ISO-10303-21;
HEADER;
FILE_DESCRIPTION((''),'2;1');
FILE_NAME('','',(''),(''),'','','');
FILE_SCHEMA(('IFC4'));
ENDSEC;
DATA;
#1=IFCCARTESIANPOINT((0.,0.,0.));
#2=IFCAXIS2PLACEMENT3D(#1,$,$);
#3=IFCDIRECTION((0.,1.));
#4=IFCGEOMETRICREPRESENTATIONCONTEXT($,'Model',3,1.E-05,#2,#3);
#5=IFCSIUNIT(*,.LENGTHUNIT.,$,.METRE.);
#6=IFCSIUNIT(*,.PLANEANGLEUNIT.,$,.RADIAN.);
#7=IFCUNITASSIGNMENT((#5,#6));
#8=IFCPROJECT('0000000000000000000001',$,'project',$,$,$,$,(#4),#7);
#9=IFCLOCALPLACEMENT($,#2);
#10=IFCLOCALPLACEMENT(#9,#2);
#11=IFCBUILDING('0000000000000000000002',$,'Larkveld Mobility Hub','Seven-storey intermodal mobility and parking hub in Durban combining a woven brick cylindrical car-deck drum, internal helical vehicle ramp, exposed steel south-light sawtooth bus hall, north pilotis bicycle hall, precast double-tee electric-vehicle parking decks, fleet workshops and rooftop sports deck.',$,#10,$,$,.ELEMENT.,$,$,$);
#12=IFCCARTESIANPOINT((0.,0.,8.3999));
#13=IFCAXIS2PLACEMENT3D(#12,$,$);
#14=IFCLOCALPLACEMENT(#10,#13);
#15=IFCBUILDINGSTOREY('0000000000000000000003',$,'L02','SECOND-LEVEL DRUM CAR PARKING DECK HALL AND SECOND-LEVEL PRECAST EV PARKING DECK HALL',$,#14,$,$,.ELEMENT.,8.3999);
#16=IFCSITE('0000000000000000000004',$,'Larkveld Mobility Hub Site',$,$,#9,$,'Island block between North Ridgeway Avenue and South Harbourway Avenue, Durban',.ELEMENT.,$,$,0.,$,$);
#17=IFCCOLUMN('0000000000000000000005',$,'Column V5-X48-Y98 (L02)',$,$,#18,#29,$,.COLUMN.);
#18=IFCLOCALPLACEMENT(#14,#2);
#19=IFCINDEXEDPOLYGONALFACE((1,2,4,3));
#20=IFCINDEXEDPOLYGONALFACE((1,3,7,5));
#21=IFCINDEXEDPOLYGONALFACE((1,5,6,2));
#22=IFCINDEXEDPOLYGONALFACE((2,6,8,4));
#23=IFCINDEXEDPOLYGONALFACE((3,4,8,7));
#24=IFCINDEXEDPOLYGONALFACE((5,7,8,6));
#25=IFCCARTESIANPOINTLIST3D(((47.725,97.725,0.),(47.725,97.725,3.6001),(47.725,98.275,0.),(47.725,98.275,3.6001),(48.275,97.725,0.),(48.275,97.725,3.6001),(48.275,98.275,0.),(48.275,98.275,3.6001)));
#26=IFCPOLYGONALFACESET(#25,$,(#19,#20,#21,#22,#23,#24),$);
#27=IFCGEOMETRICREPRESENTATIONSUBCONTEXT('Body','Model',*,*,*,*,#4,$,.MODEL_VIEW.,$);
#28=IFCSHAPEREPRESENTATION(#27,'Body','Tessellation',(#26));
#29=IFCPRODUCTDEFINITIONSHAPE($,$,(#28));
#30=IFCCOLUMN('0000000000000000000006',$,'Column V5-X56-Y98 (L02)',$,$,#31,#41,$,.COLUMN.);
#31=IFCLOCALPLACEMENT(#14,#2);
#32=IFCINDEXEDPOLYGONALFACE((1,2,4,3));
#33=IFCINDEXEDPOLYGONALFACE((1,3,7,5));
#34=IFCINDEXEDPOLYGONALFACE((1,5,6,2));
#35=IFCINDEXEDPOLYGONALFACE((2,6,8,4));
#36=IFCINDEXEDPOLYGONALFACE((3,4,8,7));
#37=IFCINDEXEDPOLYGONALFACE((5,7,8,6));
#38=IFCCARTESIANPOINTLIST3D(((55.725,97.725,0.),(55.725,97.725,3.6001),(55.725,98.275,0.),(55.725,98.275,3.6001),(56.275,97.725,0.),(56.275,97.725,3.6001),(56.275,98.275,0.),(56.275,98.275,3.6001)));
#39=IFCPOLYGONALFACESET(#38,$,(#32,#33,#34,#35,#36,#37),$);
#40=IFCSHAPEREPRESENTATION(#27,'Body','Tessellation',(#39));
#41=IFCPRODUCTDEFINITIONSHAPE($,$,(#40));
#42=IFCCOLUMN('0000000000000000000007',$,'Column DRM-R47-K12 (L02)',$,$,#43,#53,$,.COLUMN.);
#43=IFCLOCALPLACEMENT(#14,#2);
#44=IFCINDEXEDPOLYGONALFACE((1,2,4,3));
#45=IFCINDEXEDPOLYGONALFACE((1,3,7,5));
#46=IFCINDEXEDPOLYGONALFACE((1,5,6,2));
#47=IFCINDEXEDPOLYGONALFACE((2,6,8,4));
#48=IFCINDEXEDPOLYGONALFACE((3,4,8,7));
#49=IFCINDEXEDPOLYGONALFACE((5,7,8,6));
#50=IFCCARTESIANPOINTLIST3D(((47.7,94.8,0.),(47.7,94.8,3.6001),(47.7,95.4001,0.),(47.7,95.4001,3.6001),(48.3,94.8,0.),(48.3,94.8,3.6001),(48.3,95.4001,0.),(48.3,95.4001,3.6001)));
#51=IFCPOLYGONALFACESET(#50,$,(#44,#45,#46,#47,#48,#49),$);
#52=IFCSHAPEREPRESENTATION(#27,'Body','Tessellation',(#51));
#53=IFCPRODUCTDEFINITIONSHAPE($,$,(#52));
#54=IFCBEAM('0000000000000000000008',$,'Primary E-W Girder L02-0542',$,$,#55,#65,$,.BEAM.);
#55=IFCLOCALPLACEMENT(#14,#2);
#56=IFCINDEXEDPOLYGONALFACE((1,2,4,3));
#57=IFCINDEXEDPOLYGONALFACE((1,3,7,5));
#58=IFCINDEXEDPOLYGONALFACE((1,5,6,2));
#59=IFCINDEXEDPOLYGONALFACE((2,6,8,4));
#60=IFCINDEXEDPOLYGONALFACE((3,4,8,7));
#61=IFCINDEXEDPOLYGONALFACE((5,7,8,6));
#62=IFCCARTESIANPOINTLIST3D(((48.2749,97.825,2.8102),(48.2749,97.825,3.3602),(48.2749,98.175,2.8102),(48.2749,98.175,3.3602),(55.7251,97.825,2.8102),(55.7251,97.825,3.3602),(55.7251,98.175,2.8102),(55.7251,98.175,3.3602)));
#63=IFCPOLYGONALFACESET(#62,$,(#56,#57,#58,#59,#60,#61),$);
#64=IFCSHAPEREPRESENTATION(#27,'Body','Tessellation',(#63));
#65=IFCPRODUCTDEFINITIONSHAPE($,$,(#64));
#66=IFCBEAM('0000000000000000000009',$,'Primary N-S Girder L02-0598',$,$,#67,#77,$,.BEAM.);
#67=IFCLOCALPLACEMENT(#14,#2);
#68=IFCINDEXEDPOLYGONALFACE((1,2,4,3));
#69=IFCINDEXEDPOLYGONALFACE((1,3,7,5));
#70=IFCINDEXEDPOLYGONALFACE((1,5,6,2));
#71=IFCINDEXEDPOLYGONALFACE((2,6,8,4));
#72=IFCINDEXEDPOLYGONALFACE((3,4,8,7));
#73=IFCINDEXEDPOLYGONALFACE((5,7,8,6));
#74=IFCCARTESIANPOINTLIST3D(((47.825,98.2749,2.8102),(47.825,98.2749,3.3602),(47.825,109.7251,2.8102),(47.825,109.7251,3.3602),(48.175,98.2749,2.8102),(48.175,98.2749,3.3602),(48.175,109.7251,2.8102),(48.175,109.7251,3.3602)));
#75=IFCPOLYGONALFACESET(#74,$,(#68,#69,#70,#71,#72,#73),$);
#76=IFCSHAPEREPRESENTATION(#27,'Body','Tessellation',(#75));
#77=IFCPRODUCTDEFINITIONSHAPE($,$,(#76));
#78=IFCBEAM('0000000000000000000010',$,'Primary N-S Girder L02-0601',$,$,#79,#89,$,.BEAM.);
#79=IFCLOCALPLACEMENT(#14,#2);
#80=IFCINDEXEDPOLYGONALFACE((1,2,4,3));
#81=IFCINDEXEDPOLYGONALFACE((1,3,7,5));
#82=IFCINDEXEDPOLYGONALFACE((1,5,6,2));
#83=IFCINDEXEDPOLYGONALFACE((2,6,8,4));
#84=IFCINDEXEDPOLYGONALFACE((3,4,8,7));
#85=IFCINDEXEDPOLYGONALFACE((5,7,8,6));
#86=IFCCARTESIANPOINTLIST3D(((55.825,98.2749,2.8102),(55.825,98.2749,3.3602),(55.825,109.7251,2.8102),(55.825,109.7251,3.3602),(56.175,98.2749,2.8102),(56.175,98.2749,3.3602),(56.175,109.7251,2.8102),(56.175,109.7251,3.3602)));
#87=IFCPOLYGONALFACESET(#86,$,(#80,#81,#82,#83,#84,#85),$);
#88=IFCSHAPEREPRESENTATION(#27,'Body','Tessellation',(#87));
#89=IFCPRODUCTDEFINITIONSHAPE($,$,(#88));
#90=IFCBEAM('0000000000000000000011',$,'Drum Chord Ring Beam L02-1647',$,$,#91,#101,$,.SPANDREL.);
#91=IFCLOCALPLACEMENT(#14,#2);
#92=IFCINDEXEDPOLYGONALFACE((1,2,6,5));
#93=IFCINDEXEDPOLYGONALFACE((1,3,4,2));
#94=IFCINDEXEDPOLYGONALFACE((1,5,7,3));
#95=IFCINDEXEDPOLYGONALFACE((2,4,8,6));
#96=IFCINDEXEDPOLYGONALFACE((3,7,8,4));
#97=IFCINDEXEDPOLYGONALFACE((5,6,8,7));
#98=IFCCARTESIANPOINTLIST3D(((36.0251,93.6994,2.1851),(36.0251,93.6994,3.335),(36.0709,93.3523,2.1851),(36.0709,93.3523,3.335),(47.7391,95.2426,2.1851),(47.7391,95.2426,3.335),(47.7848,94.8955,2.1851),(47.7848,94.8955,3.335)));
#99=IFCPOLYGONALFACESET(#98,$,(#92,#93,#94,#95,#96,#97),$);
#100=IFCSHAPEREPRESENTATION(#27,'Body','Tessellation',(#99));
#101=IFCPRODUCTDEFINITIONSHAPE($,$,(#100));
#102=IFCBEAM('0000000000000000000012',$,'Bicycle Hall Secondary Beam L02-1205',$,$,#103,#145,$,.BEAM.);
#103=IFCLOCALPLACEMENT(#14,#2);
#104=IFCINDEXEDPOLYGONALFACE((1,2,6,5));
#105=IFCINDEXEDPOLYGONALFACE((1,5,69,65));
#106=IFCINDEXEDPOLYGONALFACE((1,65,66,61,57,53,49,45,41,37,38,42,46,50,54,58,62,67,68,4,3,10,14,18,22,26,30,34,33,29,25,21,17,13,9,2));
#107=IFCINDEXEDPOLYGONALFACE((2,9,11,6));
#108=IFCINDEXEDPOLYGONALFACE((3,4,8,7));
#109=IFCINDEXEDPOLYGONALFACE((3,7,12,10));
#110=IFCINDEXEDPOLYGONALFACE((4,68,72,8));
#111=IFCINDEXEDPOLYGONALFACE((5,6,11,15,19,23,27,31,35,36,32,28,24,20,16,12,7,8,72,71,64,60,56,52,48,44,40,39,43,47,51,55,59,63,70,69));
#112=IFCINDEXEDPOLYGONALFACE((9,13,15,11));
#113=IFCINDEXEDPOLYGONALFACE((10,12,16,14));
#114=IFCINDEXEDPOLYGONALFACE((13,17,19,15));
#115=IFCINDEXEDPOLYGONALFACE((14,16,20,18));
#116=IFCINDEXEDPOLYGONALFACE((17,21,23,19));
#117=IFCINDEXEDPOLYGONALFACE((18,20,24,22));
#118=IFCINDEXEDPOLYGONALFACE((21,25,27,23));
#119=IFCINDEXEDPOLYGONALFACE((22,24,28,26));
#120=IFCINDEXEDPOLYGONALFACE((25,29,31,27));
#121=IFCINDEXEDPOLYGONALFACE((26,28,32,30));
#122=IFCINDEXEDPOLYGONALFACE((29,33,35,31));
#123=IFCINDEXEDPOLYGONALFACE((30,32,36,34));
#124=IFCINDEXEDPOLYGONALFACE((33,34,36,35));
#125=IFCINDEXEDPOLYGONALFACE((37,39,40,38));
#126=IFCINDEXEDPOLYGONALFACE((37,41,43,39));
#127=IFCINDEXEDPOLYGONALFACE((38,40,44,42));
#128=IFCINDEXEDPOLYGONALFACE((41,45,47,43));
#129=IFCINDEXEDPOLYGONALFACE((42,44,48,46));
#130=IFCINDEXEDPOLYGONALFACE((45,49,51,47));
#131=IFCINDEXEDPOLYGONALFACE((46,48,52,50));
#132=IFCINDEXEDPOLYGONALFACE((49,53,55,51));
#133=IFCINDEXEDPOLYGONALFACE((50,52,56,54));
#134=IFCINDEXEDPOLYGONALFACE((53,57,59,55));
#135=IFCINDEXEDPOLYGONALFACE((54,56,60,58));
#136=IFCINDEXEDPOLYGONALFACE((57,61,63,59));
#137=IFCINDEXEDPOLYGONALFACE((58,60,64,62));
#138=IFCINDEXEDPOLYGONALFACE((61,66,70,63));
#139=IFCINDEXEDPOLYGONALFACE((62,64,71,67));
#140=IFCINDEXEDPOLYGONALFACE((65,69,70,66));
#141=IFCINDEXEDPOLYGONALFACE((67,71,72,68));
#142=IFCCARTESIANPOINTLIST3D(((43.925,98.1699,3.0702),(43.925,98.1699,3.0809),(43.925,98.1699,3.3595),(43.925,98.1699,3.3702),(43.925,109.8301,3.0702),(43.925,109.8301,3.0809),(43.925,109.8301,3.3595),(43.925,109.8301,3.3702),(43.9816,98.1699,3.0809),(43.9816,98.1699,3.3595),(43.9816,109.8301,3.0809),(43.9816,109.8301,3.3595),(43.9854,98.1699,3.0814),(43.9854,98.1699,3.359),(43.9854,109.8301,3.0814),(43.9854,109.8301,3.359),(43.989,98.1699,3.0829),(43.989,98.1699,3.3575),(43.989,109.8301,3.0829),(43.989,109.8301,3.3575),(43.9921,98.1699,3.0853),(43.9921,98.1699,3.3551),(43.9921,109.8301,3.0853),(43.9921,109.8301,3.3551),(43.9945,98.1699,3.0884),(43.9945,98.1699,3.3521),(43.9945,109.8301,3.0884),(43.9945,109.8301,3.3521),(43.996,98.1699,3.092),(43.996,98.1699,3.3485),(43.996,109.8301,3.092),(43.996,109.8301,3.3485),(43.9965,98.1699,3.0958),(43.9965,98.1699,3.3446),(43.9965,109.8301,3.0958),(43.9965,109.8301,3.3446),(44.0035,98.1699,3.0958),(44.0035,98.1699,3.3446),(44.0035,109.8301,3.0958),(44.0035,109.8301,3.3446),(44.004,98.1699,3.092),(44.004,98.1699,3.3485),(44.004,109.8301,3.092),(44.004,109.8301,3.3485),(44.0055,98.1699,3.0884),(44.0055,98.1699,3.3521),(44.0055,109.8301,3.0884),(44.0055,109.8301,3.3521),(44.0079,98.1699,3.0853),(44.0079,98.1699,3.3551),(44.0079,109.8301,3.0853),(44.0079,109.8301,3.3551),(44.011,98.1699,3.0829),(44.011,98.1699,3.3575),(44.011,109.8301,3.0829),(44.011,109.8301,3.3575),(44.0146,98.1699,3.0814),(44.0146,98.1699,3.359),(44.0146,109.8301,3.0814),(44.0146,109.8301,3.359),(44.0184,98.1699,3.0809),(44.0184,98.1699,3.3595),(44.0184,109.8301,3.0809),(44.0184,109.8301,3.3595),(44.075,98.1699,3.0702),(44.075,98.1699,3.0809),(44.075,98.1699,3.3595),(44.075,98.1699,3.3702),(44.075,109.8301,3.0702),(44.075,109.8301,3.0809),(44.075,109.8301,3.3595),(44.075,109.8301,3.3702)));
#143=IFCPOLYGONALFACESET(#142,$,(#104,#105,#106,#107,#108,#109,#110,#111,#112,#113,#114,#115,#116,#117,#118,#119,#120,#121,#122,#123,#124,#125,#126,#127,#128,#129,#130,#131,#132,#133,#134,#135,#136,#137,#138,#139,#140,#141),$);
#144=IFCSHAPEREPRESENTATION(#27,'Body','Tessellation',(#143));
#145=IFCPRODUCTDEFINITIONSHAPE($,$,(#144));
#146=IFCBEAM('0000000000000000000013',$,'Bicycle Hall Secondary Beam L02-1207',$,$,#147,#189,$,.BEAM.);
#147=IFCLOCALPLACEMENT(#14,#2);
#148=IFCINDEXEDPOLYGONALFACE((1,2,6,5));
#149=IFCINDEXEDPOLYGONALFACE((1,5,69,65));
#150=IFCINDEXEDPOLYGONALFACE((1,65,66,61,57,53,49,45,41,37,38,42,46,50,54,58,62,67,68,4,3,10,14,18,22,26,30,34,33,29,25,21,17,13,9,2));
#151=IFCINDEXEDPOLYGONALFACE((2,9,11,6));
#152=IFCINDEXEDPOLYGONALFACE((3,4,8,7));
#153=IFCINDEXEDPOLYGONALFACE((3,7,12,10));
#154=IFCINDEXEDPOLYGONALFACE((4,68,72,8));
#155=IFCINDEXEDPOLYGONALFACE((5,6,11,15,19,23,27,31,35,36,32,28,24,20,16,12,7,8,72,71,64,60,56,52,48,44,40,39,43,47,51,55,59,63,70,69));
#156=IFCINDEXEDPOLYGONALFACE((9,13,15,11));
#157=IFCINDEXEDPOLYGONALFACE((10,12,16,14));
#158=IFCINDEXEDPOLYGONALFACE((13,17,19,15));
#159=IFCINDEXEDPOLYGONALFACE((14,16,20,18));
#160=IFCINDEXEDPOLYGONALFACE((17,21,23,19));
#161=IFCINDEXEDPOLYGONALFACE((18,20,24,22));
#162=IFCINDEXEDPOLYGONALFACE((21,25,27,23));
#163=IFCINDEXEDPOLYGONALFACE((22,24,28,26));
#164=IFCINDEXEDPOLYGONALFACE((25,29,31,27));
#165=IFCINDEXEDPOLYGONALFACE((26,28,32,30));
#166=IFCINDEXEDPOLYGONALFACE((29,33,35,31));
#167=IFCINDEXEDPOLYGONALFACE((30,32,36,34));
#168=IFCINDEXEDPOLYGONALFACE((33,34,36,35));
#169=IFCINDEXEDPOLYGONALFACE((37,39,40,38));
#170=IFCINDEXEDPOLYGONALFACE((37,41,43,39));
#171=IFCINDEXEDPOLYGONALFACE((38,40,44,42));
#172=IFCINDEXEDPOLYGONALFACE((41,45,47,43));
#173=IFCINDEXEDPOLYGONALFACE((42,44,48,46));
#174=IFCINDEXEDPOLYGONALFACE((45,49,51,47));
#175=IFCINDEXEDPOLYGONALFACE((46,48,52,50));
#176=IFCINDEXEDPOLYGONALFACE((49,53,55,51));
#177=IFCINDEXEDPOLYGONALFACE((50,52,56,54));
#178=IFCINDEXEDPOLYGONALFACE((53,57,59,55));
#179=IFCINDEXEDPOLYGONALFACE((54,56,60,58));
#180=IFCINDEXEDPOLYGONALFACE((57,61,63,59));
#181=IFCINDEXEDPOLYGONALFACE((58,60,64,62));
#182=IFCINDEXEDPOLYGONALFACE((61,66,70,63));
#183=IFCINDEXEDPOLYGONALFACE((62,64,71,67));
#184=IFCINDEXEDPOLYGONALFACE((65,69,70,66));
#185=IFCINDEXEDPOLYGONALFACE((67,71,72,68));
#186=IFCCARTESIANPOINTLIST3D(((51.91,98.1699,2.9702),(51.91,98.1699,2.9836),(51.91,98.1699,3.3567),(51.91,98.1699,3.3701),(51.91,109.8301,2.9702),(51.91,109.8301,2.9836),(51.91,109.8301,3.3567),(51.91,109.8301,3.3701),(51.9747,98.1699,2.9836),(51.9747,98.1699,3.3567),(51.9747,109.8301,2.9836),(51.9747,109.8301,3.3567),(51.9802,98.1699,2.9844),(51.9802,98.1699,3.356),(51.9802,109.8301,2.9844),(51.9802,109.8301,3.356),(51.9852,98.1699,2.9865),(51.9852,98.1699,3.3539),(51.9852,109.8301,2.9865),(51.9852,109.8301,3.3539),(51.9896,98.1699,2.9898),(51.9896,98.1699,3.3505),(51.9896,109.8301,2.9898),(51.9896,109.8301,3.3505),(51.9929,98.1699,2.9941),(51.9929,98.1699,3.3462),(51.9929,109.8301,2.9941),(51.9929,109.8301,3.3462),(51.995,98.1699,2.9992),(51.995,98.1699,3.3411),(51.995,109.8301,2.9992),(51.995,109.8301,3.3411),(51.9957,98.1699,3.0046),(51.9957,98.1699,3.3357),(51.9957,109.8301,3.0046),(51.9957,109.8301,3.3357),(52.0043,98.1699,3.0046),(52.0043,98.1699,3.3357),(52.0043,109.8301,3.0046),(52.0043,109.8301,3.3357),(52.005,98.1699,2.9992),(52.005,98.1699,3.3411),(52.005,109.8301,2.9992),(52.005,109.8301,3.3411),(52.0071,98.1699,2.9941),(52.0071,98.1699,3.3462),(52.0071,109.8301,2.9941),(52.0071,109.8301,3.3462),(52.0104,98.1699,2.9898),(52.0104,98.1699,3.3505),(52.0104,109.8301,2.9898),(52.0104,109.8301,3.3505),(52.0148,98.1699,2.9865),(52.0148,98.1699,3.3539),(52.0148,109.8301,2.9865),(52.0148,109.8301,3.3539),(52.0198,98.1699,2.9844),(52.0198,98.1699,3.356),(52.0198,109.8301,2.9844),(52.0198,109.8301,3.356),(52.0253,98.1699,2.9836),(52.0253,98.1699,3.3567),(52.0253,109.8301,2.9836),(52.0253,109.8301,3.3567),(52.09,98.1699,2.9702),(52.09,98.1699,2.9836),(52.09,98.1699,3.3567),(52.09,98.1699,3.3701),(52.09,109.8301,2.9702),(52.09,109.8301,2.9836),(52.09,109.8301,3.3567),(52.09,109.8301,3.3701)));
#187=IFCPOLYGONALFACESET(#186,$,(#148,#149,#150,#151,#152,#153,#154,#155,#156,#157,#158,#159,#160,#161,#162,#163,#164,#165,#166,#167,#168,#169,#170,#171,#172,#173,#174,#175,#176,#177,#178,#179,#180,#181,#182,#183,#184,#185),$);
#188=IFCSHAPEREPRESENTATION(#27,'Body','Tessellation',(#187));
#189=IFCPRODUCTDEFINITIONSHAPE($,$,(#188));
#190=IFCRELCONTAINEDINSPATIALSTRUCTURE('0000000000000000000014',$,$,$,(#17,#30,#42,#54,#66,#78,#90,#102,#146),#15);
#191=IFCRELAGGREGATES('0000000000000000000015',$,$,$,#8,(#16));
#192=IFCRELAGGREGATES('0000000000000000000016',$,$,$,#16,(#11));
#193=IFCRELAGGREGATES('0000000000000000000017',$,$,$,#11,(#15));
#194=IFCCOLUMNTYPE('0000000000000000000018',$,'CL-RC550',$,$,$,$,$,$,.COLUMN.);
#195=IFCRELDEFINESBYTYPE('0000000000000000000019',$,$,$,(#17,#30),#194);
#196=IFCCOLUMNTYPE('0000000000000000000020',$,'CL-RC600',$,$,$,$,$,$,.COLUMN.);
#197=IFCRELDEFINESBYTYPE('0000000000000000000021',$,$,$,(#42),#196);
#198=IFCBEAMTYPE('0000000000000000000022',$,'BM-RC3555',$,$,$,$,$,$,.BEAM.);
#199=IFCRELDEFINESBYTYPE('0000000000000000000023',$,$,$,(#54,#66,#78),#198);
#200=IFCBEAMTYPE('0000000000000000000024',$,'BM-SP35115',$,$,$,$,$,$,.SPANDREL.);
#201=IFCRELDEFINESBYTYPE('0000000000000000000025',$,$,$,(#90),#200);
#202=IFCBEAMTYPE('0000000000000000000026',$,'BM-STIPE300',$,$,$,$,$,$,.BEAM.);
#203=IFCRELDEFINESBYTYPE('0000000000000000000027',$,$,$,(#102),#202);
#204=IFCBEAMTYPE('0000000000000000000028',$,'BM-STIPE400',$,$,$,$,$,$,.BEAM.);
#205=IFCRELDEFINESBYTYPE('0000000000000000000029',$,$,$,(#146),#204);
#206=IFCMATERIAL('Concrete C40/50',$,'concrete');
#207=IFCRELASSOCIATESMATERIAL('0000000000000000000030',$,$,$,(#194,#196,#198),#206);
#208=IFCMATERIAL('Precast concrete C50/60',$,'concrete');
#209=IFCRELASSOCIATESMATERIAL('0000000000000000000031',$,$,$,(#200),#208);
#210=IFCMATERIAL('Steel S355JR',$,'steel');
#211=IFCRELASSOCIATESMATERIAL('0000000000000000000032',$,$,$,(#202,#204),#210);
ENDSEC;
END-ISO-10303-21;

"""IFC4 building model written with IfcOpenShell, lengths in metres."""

from ifc_helpers import new_model, si_unit, direction, frame, origin, origin_2d, place, context, subcontext, project, spatial, rectangle, i_section, extrude, material, material_profile, profile_set, type_object, element, save


model = new_model("IFC4")

# Units and contexts
model_context = context("Model", 3, precision=1e-05, world=origin(), true_north=direction((0.0, 1.0)))
body_context = subcontext(model_context, "Body", "Model", "MODEL_VIEW")
ifc_project = project(units=[si_unit("LENGTHUNIT", "METRE"), si_unit("PLANEANGLEUNIT", "RADIAN")], contexts=[model_context])

# Site, building, storey
site_placement = place(None, origin())
site = spatial("IfcSite", under=ifc_project, at=site_placement, Name="Larkveld Mobility Hub Site", LongName="Island block between North Ridgeway Avenue and South Harbourway Avenue, Durban", CompositionType="ELEMENT", RefElevation=0.0)
building_placement = place(site_placement, origin())
building = spatial("IfcBuilding", under=site, at=building_placement, Name="Larkveld Mobility Hub", Description="Seven-storey intermodal mobility and parking hub in Durban combining a woven brick cylindrical car-deck drum, internal helical vehicle ramp, exposed steel south-light sawtooth bus hall, north pilotis bicycle hall, precast double-tee electric-vehicle parking decks, fleet workshops and rooftop sports deck.", CompositionType="ELEMENT")
storey_placement = place(building_placement, frame((0.0, 0.0, 8.3999)))
storey = spatial("IfcBuildingStorey", under=building, at=storey_placement, Name="L02", Description="SECOND-LEVEL DRUM CAR PARKING DECK HALL AND SECOND-LEVEL PRECAST EV PARKING DECK HALL", CompositionType="ELEMENT", Elevation=8.3999)

# Columns
ifc_material_1 = material(Name="Concrete C40/50", Category="concrete")
ifc_material_profile_1 = material_profile(ifc_material_1, rectangle(XDim=0.55, YDim=0.55, at=origin_2d()), Name="RC COL 550x550")
ifc_profile_set_1 = profile_set([ifc_material_profile_1], Name="Concrete C40/50")
column_type_1 = type_object("IfcColumnType", Name="CL-RC550", PredefinedType="COLUMN", material=ifc_profile_set_1)
for number, where, z_axis, x_axis, name in (
    (1, (48.0, 98.0, 0.0), (0.0, 0.0, 1.0), (1.0, 0.0, 0.0), "Column V5-X48-Y98 (L02)"),
    (2, (56.0, 98.0, 0.0), (0.0, 0.0, 1.0), (1.0, 0.0, 0.0), "Column V5-X56-Y98 (L02)"),
):
    element("IfcColumn", number, at=place(storey_placement, frame(where, z_axis=z_axis, x_axis=x_axis)), inside=storey, type_object=column_type_1, Name=name, PredefinedType="COLUMN", context=body_context, shape_type="SweptSolid", body=[
        extrude(rectangle(XDim=0.55, YDim=0.55, at=origin_2d()), origin(), (0.0, 0.0, 1.0), 3.6001),
    ])
ifc_material_profile_2 = material_profile(ifc_material_1, rectangle(XDim=0.6001, YDim=0.6001, at=origin_2d()), Name="RC COL 600x600")
ifc_profile_set_2 = profile_set([ifc_material_profile_2], Name="Concrete C40/50")
column_type_2 = type_object("IfcColumnType", Name="CL-RC600", PredefinedType="COLUMN", material=ifc_profile_set_2)
column_placement = place(storey_placement, frame((48.0, 95.1001, 0.0), z_axis=(0.0, 0.0, 1.0), x_axis=(0.0, 1.0, 0.0)))
element("IfcColumn", 3, at=column_placement, inside=storey, type_object=column_type_2, Name="Column DRM-R47-K12 (L02)", PredefinedType="COLUMN", context=body_context, shape_type="SweptSolid", body=[
    extrude(rectangle(XDim=0.6001, YDim=0.6001, at=origin_2d()), origin(), (0.0, 0.0, 1.0), 3.6001),
])

# Beams
ifc_material_profile_3 = material_profile(ifc_material_1, rectangle(XDim=0.3501, YDim=0.55, at=origin_2d()), Name="RC BM 350x550")
ifc_profile_set_3 = profile_set([ifc_material_profile_3], Name="Concrete C40/50")
beam_type_1 = type_object("IfcBeamType", Name="BM-RC3555", PredefinedType="BEAM", material=ifc_profile_set_3)
beam_1_placement = place(storey_placement, frame((48.2749, 98.0, 3.0852), z_axis=(1.0, 0.0, 0.0), x_axis=(0.0, 1.0, 0.0)))
element("IfcBeam", 4, at=beam_1_placement, inside=storey, type_object=beam_type_1, Name="Primary E-W Girder L02-0542", PredefinedType="BEAM", context=body_context, shape_type="SweptSolid", body=[
    extrude(rectangle(XDim=0.3501, YDim=0.55, at=origin_2d()), origin(), (0.0, 0.0, 1.0), 7.4502),
])
for number, where, z_axis, x_axis, name in (
    (5, (48.0, 98.2749, 3.0852), (0.0, 1.0, 0.0), (-1.0, 0.0, 0.0), "Primary N-S Girder L02-0598"),
    (6, (56.0, 98.2749, 3.0852), (0.0, 1.0, 0.0), (-1.0, 0.0, 0.0), "Primary N-S Girder L02-0601"),
):
    element("IfcBeam", number, at=place(storey_placement, frame(where, z_axis=z_axis, x_axis=x_axis)), inside=storey, type_object=beam_type_1, Name=name, PredefinedType="BEAM", context=body_context, shape_type="SweptSolid", body=[
        extrude(rectangle(XDim=0.3501, YDim=0.55, at=origin_2d()), origin(), (0.0, 0.0, 1.0), 11.4502),
    ])
ifc_material_2 = material(Name="Precast concrete C50/60", Category="concrete")
ifc_material_profile_4 = material_profile(ifc_material_2, rectangle(XDim=0.3501, YDim=1.1499, at=origin_2d()), Name="PC SP 350x1150")
ifc_profile_set_4 = profile_set([ifc_material_profile_4], Name="Precast concrete C50/60")
beam_type_2 = type_object("IfcBeamType", Name="BM-SP35115", PredefinedType="SPANDREL", material=ifc_profile_set_4)
beam_2_placement = place(storey_placement, frame((47.762, 95.0691, 2.76), z_axis=(-0.991433, -0.130614, 0.0), x_axis=(0.130614, -0.991433, 0.0)))
element("IfcBeam", 7, at=beam_2_placement, inside=storey, type_object=beam_type_2, Name="Drum Chord Ring Beam L02-1647", PredefinedType="SPANDREL", context=body_context, shape_type="SweptSolid", body=[
    extrude(rectangle(XDim=0.3501, YDim=1.1499, at=origin_2d()), origin(), (0.0, 0.0, 1.0), 11.8152),
])
ifc_material_3 = material(Name="Steel S355JR", Category="steel")
ifc_material_profile_5 = material_profile(ifc_material_3, i_section(OverallWidth=0.1499, OverallDepth=0.3, WebThickness=0.0071, FlangeThickness=0.0107, FilletRadius=0.0149, at=origin_2d()), Name="IPE 300")
ifc_profile_set_5 = profile_set([ifc_material_profile_5], Name="Steel S355JR")
beam_type_3 = type_object("IfcBeamType", Name="BM-STIPE300", PredefinedType="BEAM", material=ifc_profile_set_5)
beam_3_placement = place(storey_placement, frame((44.0, 98.1699, 3.2202), z_axis=(0.0, 1.0, 0.0), x_axis=(-1.0, 0.0, 0.0)))
element("IfcBeam", 8, at=beam_3_placement, inside=storey, type_object=beam_type_3, Name="Bicycle Hall Secondary Beam L02-1205", PredefinedType="BEAM", context=body_context, shape_type="SweptSolid", body=[
    extrude(i_section(OverallWidth=0.1499, OverallDepth=0.3, WebThickness=0.0071, FlangeThickness=0.0107, FilletRadius=0.0149, at=origin_2d()), origin(), (0.0, 0.0, 1.0), 11.6602),
])
ifc_material_profile_6 = material_profile(ifc_material_3, i_section(OverallWidth=0.1799, OverallDepth=0.3999, WebThickness=0.0085, FlangeThickness=0.0134, FilletRadius=0.021, at=origin_2d()), Name="IPE 400")
ifc_profile_set_6 = profile_set([ifc_material_profile_6], Name="Steel S355JR")
beam_type_4 = type_object("IfcBeamType", Name="BM-STIPE400", PredefinedType="BEAM", material=ifc_profile_set_6)
beam_4_placement = place(storey_placement, frame((52.0, 98.1699, 3.1702), z_axis=(0.0, 1.0, 0.0), x_axis=(-1.0, 0.0, 0.0)))
element("IfcBeam", 9, at=beam_4_placement, inside=storey, type_object=beam_type_4, Name="Bicycle Hall Secondary Beam L02-1207", PredefinedType="BEAM", context=body_context, shape_type="SweptSolid", body=[
    extrude(i_section(OverallWidth=0.1799, OverallDepth=0.3999, WebThickness=0.0085, FlangeThickness=0.0134, FilletRadius=0.021, at=origin_2d()), origin(), (0.0, 0.0, 1.0), 11.6602),
])

save(model, "model.ifc")
